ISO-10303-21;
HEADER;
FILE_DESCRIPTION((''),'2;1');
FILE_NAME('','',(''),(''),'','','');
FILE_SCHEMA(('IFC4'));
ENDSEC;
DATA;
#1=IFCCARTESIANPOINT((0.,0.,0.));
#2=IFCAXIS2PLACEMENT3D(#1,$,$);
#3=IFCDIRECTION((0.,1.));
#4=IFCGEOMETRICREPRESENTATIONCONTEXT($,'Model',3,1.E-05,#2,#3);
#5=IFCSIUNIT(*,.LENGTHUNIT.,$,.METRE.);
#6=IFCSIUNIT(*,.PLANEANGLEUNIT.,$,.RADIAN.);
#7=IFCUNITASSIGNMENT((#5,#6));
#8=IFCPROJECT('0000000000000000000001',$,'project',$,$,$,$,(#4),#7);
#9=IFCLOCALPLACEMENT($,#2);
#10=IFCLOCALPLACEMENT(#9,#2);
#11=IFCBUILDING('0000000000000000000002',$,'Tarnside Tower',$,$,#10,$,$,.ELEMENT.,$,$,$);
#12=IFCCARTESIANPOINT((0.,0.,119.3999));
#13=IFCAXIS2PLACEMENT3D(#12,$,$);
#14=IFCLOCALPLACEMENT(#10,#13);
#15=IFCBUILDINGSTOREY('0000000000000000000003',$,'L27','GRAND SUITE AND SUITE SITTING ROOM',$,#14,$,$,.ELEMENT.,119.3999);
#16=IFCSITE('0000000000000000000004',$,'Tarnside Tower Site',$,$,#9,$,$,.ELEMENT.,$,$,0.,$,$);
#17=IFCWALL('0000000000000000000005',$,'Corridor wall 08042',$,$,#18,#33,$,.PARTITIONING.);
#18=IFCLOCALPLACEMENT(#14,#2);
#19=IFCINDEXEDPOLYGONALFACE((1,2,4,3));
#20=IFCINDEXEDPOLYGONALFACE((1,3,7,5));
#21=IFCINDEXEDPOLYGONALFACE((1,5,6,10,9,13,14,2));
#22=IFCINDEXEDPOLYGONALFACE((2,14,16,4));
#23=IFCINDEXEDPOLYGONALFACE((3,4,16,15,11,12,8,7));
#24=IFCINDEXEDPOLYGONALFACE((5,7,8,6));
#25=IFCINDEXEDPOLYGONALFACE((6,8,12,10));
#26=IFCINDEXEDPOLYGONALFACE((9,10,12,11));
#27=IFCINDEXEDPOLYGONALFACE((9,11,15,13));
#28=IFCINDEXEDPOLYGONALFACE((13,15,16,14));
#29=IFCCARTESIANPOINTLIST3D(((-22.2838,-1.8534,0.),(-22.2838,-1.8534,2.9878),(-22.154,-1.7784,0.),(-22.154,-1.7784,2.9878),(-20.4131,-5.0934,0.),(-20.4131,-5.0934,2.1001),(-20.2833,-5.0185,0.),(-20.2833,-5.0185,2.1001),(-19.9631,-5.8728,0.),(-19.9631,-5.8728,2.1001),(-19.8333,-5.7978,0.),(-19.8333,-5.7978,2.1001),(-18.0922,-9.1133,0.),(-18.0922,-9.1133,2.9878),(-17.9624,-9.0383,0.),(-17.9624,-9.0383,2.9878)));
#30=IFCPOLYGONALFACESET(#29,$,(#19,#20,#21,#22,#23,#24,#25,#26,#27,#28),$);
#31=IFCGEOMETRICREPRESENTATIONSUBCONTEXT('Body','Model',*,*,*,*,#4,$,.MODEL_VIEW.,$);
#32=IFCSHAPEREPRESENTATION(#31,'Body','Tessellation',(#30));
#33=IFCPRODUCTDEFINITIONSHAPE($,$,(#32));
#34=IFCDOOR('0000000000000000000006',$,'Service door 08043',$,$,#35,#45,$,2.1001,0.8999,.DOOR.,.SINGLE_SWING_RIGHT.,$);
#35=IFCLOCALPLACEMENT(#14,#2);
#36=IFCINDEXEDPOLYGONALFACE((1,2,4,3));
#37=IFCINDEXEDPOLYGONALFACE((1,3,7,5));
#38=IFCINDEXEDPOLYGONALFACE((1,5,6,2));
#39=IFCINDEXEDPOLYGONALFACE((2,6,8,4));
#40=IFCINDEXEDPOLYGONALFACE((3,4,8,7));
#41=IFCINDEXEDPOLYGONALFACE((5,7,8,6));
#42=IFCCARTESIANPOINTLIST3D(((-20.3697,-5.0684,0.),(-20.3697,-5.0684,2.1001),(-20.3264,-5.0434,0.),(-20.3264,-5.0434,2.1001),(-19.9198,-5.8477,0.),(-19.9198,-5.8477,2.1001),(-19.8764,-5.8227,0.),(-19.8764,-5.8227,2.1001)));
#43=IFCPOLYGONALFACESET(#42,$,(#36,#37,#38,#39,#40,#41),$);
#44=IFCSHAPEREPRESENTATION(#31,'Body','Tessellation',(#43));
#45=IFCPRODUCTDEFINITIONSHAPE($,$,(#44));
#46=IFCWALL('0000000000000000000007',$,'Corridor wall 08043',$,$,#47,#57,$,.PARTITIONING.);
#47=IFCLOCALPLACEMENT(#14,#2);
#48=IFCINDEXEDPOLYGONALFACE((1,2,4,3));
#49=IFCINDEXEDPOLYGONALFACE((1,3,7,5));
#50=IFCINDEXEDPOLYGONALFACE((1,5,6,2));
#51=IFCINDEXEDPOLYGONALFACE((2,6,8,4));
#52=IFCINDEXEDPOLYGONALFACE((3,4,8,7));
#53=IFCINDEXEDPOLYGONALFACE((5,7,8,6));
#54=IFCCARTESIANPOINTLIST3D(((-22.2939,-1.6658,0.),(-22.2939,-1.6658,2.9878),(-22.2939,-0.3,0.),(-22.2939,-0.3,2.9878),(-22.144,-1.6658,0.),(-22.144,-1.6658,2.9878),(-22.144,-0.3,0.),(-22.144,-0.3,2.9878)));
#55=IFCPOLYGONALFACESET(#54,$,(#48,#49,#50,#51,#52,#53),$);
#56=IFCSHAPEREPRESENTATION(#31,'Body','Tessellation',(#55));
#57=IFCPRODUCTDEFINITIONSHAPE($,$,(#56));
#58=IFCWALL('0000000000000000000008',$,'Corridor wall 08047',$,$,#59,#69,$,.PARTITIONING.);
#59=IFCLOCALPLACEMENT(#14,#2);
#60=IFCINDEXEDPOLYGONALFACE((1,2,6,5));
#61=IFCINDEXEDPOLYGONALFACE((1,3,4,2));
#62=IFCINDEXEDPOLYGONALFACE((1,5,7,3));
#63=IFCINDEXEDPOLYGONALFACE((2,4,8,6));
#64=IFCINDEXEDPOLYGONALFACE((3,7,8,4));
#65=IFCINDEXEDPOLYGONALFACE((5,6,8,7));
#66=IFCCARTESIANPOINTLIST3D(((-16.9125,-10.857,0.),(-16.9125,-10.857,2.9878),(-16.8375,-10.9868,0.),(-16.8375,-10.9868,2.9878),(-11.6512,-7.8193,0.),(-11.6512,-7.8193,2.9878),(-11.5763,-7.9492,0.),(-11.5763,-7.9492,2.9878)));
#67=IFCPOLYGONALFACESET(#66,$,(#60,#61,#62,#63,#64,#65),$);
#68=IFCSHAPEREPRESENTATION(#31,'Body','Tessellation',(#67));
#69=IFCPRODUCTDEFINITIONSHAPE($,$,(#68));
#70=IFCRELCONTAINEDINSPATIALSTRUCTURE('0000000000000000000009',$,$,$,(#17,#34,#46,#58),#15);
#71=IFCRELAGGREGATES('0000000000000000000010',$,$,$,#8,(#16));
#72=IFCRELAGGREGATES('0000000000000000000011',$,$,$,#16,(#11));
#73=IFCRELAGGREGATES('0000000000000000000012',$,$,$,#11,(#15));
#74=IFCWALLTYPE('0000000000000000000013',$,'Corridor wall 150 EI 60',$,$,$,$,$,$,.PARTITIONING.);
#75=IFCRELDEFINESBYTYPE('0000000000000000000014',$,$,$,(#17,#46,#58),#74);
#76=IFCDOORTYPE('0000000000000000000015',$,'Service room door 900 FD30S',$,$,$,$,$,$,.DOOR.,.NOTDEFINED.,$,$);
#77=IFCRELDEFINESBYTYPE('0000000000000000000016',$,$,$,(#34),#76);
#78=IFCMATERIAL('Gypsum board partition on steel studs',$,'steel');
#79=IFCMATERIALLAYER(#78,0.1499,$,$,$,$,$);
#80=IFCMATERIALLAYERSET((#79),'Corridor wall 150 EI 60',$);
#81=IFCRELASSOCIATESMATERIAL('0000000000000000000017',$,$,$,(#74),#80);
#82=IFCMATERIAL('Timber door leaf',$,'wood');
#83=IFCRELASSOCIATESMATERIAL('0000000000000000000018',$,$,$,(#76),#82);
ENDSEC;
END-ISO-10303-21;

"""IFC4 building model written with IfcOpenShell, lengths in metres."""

from ifc_helpers import new_model, si_unit, direction, frame, frame_2d, origin, place, context, subcontext, project, spatial, rectangle, extrude, material, layer, layer_set, type_object, element, fill, save


model = new_model("IFC4")

# Units and contexts
model_context = context("Model", 3, precision=1e-05, world=origin(), true_north=direction((0.0, 1.0)))
body_context = subcontext(model_context, "Body", "Model", "MODEL_VIEW")
ifc_project = project(units=[si_unit("LENGTHUNIT", "METRE"), si_unit("PLANEANGLEUNIT", "RADIAN")], contexts=[model_context])

# Site, building, storey
site_placement = place(None, origin())
site = spatial("IfcSite", under=ifc_project, at=site_placement, Name="Tarnside Tower Site", CompositionType="ELEMENT", RefElevation=0.0)
building_placement = place(site_placement, origin())
building = spatial("IfcBuilding", under=site, at=building_placement, Name="Tarnside Tower", CompositionType="ELEMENT")
storey_placement = place(building_placement, frame((0.0, 0.0, 119.3999)))
storey = spatial("IfcBuildingStorey", under=building, at=storey_placement, Name="L27", Description="GRAND SUITE AND SUITE SITTING ROOM", CompositionType="ELEMENT", Elevation=119.3999)

# Shared definitions
ifc_material_1 = material(Name="Gypsum board partition on steel studs", Category="steel")
ifc_material_2 = material(Name="Timber door leaf", Category="wood")

# Shared definitions
ifc_layer_1 = layer(ifc_material_1, 0.1499)
ifc_layer_set_1 = layer_set([ifc_layer_1], Name="Corridor wall 150 EI 60")
wall_type_1 = type_object("IfcWallType", Name="Corridor wall 150 EI 60", PredefinedType="PARTITIONING", material=ifc_layer_set_1)

# Wall, opening, door
wall_1_placement = place(storey_placement, frame((-18.0273, -9.0757, 0.0), z_axis=(0.0, 0.0, 1.0), x_axis=(-0.500007, 0.866021, 0.0)))
wall_1 = element("IfcWall", 1, at=wall_1_placement, inside=storey, type_object=wall_type_1, Name="Corridor wall 08042", PredefinedType="PARTITIONING", context=body_context, shape_type="SweptSolid", body=[
    extrude(rectangle(XDim=8.3831, YDim=0.1499, at=frame_2d((4.1914, 0.0))), origin(), (0.0, 0.0, 1.0), 2.9878),
])
opening_1_placement = place(wall_1_placement, frame((3.7417, 0.0, 0.0)))
opening_1 = element("IfcOpeningElement", 2, at=opening_1_placement, cuts=wall_1, PredefinedType="OPENING", context=body_context, shape_type="SweptSolid", body=[
    extrude(rectangle(XDim=0.8999, YDim=2.1001, at=frame_2d((0.45, 1.05))), frame((0.0, 0.085, 0.0), z_axis=(0.0, -1.0, 0.0), x_axis=(1.0, 0.0, 0.0)), (0.0, 0.0, 1.0), 0.1699),
])
door_type_1 = type_object("IfcDoorType", Name="Service room door 900 FD30S", OperationType="NOTDEFINED", PredefinedType="DOOR", material=ifc_material_2)
door_1_placement = place(opening_1_placement, origin())
door_1 = element("IfcDoor", 3, at=door_1_placement, inside=storey, type_object=door_type_1, Name="Service door 08043", OperationType="SINGLE_SWING_RIGHT", OverallHeight=2.1001, OverallWidth=0.8999, PredefinedType="DOOR", context=body_context, shape_type="SweptSolid", body=[
    extrude(rectangle(XDim=0.8999, YDim=2.1001, at=frame_2d((0.45, 1.05))), frame((0.0, 0.0249, 0.0), z_axis=(0.0, -1.0, 0.0), x_axis=(1.0, 0.0, 0.0)), (0.0, 0.0, 1.0), 0.05),
])
fill(opening_1, door_1)

# Walls
wall_2_placement = place(storey_placement, frame((-22.219, -1.6658, 0.0), z_axis=(0.0, 0.0, 1.0), x_axis=(0.0, 1.0, 0.0)))
element("IfcWall", 4, at=wall_2_placement, inside=storey, type_object=wall_type_1, Name="Corridor wall 08043", PredefinedType="PARTITIONING", context=body_context, shape_type="SweptSolid", body=[
    extrude(rectangle(XDim=1.3657, YDim=0.1499, at=frame_2d((0.6829, 0.0))), origin(), (0.0, 0.0, 1.0), 2.9878),
])
wall_3_placement = place(storey_placement, frame((-16.875, -10.9219, 0.0), z_axis=(0.0, 0.0, 1.0), x_axis=(0.866024, 0.500003, 0.0)))
element("IfcWall", 5, at=wall_3_placement, inside=storey, type_object=wall_type_1, Name="Corridor wall 08047", PredefinedType="PARTITIONING", context=body_context, shape_type="SweptSolid", body=[
    extrude(rectangle(XDim=6.0752, YDim=0.1499, at=frame_2d((3.0376, 0.0))), origin(), (0.0, 0.0, 1.0), 2.9878),
])

save(model, "model.ifc")
